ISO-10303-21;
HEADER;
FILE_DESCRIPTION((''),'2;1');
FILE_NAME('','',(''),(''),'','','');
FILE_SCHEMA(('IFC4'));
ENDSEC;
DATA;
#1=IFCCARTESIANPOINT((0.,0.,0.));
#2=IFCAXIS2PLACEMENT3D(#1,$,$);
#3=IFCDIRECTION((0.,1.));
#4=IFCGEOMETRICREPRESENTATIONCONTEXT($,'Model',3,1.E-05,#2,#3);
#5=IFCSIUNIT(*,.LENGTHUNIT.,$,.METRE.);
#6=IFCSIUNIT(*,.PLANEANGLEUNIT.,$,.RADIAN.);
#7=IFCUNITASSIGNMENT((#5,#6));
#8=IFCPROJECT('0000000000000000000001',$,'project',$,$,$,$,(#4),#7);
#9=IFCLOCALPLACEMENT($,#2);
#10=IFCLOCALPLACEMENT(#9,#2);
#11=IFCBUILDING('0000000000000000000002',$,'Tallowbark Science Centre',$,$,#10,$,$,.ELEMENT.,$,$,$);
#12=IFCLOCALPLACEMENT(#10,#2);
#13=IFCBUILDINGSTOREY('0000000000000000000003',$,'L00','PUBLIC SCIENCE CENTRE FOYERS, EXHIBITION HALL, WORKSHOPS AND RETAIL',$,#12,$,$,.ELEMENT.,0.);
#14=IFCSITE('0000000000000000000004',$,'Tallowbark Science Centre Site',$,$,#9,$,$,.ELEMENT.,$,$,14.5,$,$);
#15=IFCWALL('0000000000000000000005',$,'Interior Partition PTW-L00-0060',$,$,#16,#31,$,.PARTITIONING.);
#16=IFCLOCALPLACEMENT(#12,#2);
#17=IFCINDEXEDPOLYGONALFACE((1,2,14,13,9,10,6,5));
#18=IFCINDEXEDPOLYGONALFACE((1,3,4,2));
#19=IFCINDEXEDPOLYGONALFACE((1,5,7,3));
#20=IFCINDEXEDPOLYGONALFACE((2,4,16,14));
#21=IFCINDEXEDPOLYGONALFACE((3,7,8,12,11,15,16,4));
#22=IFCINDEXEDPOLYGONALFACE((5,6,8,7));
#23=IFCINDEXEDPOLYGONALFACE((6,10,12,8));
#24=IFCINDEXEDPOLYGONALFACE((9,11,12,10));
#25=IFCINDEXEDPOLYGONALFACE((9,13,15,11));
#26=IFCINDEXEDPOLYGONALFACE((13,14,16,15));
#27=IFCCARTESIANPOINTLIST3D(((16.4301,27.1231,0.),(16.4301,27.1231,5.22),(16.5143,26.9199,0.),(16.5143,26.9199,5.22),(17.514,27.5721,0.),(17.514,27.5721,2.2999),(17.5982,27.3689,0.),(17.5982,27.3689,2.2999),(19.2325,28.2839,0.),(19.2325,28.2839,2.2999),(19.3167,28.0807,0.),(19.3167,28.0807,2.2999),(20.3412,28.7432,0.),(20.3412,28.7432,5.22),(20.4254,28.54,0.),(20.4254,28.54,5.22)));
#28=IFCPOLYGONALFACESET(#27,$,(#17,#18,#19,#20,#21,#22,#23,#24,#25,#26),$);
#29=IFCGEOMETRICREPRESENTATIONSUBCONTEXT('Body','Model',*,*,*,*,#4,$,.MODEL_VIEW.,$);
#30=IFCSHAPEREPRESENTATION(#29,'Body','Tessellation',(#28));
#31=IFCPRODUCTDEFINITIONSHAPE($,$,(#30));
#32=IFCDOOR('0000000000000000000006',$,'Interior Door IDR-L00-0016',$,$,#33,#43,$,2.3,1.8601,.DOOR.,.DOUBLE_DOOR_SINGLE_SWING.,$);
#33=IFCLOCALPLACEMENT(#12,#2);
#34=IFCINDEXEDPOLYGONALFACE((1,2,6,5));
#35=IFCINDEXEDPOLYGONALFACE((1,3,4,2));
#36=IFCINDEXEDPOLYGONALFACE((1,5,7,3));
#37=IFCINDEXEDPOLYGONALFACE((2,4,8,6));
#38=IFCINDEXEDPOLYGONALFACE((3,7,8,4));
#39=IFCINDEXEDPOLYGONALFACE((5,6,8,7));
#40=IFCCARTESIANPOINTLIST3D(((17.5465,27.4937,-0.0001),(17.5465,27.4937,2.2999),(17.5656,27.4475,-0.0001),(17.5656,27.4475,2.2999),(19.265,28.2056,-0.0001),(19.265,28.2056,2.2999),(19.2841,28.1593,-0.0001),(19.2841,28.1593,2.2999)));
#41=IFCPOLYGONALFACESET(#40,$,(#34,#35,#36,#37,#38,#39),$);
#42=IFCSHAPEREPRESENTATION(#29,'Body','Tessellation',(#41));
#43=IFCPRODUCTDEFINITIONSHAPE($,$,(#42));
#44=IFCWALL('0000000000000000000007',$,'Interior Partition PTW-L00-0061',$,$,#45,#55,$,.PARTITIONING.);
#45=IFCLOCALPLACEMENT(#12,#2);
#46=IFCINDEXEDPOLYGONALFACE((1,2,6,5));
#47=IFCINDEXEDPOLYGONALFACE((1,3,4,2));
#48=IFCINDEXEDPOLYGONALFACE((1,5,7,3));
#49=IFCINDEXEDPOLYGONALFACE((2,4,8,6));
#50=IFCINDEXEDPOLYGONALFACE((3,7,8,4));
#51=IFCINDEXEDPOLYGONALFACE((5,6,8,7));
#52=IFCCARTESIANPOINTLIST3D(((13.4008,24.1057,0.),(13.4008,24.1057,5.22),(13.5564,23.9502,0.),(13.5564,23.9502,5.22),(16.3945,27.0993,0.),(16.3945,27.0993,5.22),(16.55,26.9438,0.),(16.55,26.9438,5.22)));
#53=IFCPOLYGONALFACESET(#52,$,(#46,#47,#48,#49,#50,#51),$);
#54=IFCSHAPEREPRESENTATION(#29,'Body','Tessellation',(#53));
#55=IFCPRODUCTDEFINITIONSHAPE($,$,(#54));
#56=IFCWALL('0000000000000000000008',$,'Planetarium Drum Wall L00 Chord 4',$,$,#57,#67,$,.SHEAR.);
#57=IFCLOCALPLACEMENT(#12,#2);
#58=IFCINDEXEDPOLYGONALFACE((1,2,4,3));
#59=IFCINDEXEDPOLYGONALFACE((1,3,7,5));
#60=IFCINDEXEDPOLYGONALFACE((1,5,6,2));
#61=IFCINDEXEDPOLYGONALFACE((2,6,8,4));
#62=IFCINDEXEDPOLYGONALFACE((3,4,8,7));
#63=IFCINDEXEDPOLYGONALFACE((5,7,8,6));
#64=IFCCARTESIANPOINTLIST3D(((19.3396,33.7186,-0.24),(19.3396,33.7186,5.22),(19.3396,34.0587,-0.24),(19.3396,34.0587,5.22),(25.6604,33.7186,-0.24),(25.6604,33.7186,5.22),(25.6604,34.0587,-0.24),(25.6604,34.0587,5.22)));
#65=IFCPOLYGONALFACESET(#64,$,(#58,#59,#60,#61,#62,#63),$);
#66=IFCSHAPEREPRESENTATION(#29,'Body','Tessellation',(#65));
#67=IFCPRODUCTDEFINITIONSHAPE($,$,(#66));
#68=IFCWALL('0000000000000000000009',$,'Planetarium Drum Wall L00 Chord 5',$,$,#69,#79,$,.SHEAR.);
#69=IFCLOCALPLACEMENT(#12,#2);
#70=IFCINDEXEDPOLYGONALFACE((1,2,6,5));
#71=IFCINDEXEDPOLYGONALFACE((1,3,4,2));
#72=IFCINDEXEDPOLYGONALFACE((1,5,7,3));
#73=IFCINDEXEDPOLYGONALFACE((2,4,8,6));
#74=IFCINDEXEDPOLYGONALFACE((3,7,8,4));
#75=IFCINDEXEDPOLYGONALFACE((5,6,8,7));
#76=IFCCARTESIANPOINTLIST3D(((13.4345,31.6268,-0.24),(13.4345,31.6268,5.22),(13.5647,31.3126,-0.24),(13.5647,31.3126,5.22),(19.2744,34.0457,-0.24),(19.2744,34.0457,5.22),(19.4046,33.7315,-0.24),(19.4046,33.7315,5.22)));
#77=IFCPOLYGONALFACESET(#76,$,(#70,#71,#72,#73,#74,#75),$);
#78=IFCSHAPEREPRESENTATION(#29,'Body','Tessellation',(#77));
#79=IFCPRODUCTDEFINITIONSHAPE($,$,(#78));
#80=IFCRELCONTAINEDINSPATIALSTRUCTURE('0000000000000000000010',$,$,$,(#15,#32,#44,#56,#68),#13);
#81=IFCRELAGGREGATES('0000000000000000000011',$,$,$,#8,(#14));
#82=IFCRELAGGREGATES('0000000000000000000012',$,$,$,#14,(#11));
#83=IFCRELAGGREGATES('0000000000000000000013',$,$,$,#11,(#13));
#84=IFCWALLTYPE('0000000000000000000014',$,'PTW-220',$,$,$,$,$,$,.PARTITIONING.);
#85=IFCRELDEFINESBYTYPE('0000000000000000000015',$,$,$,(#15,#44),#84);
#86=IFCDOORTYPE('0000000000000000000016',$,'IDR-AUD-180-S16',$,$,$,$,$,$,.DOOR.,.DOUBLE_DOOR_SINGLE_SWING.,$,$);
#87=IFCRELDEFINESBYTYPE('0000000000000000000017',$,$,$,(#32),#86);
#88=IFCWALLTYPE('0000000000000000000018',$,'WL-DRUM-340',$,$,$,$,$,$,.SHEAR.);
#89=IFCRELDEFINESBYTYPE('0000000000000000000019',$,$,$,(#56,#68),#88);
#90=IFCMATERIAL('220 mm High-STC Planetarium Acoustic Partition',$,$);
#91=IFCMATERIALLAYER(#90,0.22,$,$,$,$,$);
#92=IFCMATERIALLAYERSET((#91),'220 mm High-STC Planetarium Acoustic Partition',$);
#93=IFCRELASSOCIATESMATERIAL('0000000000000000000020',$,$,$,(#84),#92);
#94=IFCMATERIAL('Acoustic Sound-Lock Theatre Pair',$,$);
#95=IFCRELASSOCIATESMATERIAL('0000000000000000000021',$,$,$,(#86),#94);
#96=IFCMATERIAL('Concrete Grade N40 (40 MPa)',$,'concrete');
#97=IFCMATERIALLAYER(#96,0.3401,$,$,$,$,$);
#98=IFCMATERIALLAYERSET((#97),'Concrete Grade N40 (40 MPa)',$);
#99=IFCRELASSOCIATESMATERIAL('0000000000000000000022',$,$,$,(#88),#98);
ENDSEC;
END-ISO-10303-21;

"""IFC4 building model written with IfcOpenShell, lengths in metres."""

from ifc_helpers import new_model, si_unit, direction, frame, frame_2d, origin, place, context, subcontext, project, spatial, rectangle, extrude, material, layer, layer_set, type_object, element, fill, save


model = new_model("IFC4")

# Units and contexts
model_context = context("Model", 3, precision=1e-05, world=origin(), true_north=direction((0.0, 1.0)))
body_context = subcontext(model_context, "Body", "Model", "MODEL_VIEW")
ifc_project = project(units=[si_unit("LENGTHUNIT", "METRE"), si_unit("PLANEANGLEUNIT", "RADIAN")], contexts=[model_context])

# Site, building, storey
site_placement = place(None, origin())
site = spatial("IfcSite", under=ifc_project, at=site_placement, Name="Tallowbark Science Centre Site", CompositionType="ELEMENT", RefElevation=14.5)
building_placement = place(site_placement, origin())
building = spatial("IfcBuilding", under=site, at=building_placement, Name="Tallowbark Science Centre", CompositionType="ELEMENT")
storey_placement = place(building_placement, origin())
storey = spatial("IfcBuildingStorey", under=building, at=storey_placement, Name="L00", Description="PUBLIC SCIENCE CENTRE FOYERS, EXHIBITION HALL, WORKSHOPS AND RETAIL", CompositionType="ELEMENT", Elevation=0.0)

# Shared definitions
ifc_material_1 = material(Name="Concrete Grade N40 (40 MPa)", Category="concrete")

# Shared definitions
ifc_material_2 = material(Name="220 mm High-STC Planetarium Acoustic Partition")
ifc_layer_1 = layer(ifc_material_2, 0.22)
ifc_layer_set_1 = layer_set([ifc_layer_1], Name="220 mm High-STC Planetarium Acoustic Partition")
wall_type_1 = type_object("IfcWallType", Name="PTW-220", PredefinedType="PARTITIONING", material=ifc_layer_set_1)

# Wall, opening, door
wall_1_placement = place(storey_placement, frame((20.3833, 28.6416, 0.0), z_axis=(0.0, 0.0, 1.0), x_axis=(-0.923873, -0.382698, 0.0)))
wall_1 = element("IfcWall", 1, at=wall_1_placement, inside=storey, type_object=wall_type_1, Name="Interior Partition PTW-L00-0060", PredefinedType="PARTITIONING", context=body_context, shape_type="SweptSolid", body=[
    extrude(rectangle(XDim=4.2334, YDim=0.22, at=frame_2d((2.1167, 0.0))), origin(), (0.0, 0.0, 1.0), 5.22),
])
opening_placement = place(wall_1_placement, frame((1.2, 0.0, 0.0)))
opening = element("IfcOpeningElement", 2, at=opening_placement, cuts=wall_1, PredefinedType="OPENING", context=body_context, shape_type="SweptSolid", body=[
    extrude(rectangle(XDim=1.8601, YDim=2.3, at=frame_2d((0.9302, 1.1499))), frame((0.0, 0.1201, 0.0), z_axis=(0.0, -1.0, 0.0), x_axis=(1.0, 0.0, 0.0)), (0.0, 0.0, 1.0), 0.24),
])
ifc_material_3 = material(Name="Acoustic Sound-Lock Theatre Pair")
door_type = type_object("IfcDoorType", Name="IDR-AUD-180-S16", OperationType="DOUBLE_DOOR_SINGLE_SWING", PredefinedType="DOOR", material=ifc_material_3)
door_placement = place(opening_placement, origin())
door = element("IfcDoor", 3, at=door_placement, inside=storey, type_object=door_type, Name="Interior Door IDR-L00-0016", OperationType="DOUBLE_DOOR_SINGLE_SWING", OverallHeight=2.3, OverallWidth=1.8601, PredefinedType="DOOR", context=body_context, shape_type="SweptSolid", body=[
    extrude(rectangle(XDim=1.8601, YDim=2.3, at=frame_2d((0.9302, 1.1499))), frame((0.0, 0.0249, 0.0), z_axis=(0.0, -1.0, 0.0), x_axis=(1.0, 0.0, 0.0)), (0.0, 0.0, 1.0), 0.05),
])
fill(opening, door)

# Walls
wall_2_placement = place(storey_placement, frame((16.4722, 27.0215, 0.0), z_axis=(0.0, 0.0, 1.0), x_axis=(-0.707107, -0.707107, 0.0)))
element("IfcWall", 4, at=wall_2_placement, inside=storey, type_object=wall_type_1, Name="Interior Partition PTW-L00-0061", PredefinedType="PARTITIONING", context=body_context, shape_type="SweptSolid", body=[
    extrude(rectangle(XDim=4.2336, YDim=0.22, at=frame_2d((2.1167, 0.0))), origin(), (0.0, 0.0, 1.0), 5.22),
])
ifc_layer_2 = layer(ifc_material_1, 0.3401)
ifc_layer_set_2 = layer_set([ifc_layer_2], Name="Concrete Grade N40 (40 MPa)")
wall_type_2 = type_object("IfcWallType", Name="WL-DRUM-340", PredefinedType="SHEAR", material=ifc_layer_set_2)
wall_3_placement = place(storey_placement, frame((25.6604, 33.8887, -0.24), z_axis=(0.0, 0.0, 1.0), x_axis=(-1.0, 0.0, 0.0)))
element("IfcWall", 5, at=wall_3_placement, inside=storey, type_object=wall_type_2, Name="Planetarium Drum Wall L00 Chord 4", PredefinedType="SHEAR", context=body_context, shape_type="SweptSolid", body=[
    extrude(rectangle(XDim=6.3208, YDim=0.3401, at=frame_2d((3.1604, 0.0))), origin(), (0.0, 0.0, 1.0), 5.46),
])
wall_4_placement = place(storey_placement, frame((19.3396, 33.8887, -0.24), z_axis=(0.0, 0.0, 1.0), x_axis=(-0.923879, -0.382684, 0.0)))
element("IfcWall", 6, at=wall_4_placement, inside=storey, type_object=wall_type_2, Name="Planetarium Drum Wall L00 Chord 5", PredefinedType="SHEAR", context=body_context, shape_type="SweptSolid", body=[
    extrude(rectangle(XDim=6.321, YDim=0.3401, at=frame_2d((3.1606, 0.0))), origin(), (0.0, 0.0, 1.0), 5.46),
])

save(model, "model.ifc")
